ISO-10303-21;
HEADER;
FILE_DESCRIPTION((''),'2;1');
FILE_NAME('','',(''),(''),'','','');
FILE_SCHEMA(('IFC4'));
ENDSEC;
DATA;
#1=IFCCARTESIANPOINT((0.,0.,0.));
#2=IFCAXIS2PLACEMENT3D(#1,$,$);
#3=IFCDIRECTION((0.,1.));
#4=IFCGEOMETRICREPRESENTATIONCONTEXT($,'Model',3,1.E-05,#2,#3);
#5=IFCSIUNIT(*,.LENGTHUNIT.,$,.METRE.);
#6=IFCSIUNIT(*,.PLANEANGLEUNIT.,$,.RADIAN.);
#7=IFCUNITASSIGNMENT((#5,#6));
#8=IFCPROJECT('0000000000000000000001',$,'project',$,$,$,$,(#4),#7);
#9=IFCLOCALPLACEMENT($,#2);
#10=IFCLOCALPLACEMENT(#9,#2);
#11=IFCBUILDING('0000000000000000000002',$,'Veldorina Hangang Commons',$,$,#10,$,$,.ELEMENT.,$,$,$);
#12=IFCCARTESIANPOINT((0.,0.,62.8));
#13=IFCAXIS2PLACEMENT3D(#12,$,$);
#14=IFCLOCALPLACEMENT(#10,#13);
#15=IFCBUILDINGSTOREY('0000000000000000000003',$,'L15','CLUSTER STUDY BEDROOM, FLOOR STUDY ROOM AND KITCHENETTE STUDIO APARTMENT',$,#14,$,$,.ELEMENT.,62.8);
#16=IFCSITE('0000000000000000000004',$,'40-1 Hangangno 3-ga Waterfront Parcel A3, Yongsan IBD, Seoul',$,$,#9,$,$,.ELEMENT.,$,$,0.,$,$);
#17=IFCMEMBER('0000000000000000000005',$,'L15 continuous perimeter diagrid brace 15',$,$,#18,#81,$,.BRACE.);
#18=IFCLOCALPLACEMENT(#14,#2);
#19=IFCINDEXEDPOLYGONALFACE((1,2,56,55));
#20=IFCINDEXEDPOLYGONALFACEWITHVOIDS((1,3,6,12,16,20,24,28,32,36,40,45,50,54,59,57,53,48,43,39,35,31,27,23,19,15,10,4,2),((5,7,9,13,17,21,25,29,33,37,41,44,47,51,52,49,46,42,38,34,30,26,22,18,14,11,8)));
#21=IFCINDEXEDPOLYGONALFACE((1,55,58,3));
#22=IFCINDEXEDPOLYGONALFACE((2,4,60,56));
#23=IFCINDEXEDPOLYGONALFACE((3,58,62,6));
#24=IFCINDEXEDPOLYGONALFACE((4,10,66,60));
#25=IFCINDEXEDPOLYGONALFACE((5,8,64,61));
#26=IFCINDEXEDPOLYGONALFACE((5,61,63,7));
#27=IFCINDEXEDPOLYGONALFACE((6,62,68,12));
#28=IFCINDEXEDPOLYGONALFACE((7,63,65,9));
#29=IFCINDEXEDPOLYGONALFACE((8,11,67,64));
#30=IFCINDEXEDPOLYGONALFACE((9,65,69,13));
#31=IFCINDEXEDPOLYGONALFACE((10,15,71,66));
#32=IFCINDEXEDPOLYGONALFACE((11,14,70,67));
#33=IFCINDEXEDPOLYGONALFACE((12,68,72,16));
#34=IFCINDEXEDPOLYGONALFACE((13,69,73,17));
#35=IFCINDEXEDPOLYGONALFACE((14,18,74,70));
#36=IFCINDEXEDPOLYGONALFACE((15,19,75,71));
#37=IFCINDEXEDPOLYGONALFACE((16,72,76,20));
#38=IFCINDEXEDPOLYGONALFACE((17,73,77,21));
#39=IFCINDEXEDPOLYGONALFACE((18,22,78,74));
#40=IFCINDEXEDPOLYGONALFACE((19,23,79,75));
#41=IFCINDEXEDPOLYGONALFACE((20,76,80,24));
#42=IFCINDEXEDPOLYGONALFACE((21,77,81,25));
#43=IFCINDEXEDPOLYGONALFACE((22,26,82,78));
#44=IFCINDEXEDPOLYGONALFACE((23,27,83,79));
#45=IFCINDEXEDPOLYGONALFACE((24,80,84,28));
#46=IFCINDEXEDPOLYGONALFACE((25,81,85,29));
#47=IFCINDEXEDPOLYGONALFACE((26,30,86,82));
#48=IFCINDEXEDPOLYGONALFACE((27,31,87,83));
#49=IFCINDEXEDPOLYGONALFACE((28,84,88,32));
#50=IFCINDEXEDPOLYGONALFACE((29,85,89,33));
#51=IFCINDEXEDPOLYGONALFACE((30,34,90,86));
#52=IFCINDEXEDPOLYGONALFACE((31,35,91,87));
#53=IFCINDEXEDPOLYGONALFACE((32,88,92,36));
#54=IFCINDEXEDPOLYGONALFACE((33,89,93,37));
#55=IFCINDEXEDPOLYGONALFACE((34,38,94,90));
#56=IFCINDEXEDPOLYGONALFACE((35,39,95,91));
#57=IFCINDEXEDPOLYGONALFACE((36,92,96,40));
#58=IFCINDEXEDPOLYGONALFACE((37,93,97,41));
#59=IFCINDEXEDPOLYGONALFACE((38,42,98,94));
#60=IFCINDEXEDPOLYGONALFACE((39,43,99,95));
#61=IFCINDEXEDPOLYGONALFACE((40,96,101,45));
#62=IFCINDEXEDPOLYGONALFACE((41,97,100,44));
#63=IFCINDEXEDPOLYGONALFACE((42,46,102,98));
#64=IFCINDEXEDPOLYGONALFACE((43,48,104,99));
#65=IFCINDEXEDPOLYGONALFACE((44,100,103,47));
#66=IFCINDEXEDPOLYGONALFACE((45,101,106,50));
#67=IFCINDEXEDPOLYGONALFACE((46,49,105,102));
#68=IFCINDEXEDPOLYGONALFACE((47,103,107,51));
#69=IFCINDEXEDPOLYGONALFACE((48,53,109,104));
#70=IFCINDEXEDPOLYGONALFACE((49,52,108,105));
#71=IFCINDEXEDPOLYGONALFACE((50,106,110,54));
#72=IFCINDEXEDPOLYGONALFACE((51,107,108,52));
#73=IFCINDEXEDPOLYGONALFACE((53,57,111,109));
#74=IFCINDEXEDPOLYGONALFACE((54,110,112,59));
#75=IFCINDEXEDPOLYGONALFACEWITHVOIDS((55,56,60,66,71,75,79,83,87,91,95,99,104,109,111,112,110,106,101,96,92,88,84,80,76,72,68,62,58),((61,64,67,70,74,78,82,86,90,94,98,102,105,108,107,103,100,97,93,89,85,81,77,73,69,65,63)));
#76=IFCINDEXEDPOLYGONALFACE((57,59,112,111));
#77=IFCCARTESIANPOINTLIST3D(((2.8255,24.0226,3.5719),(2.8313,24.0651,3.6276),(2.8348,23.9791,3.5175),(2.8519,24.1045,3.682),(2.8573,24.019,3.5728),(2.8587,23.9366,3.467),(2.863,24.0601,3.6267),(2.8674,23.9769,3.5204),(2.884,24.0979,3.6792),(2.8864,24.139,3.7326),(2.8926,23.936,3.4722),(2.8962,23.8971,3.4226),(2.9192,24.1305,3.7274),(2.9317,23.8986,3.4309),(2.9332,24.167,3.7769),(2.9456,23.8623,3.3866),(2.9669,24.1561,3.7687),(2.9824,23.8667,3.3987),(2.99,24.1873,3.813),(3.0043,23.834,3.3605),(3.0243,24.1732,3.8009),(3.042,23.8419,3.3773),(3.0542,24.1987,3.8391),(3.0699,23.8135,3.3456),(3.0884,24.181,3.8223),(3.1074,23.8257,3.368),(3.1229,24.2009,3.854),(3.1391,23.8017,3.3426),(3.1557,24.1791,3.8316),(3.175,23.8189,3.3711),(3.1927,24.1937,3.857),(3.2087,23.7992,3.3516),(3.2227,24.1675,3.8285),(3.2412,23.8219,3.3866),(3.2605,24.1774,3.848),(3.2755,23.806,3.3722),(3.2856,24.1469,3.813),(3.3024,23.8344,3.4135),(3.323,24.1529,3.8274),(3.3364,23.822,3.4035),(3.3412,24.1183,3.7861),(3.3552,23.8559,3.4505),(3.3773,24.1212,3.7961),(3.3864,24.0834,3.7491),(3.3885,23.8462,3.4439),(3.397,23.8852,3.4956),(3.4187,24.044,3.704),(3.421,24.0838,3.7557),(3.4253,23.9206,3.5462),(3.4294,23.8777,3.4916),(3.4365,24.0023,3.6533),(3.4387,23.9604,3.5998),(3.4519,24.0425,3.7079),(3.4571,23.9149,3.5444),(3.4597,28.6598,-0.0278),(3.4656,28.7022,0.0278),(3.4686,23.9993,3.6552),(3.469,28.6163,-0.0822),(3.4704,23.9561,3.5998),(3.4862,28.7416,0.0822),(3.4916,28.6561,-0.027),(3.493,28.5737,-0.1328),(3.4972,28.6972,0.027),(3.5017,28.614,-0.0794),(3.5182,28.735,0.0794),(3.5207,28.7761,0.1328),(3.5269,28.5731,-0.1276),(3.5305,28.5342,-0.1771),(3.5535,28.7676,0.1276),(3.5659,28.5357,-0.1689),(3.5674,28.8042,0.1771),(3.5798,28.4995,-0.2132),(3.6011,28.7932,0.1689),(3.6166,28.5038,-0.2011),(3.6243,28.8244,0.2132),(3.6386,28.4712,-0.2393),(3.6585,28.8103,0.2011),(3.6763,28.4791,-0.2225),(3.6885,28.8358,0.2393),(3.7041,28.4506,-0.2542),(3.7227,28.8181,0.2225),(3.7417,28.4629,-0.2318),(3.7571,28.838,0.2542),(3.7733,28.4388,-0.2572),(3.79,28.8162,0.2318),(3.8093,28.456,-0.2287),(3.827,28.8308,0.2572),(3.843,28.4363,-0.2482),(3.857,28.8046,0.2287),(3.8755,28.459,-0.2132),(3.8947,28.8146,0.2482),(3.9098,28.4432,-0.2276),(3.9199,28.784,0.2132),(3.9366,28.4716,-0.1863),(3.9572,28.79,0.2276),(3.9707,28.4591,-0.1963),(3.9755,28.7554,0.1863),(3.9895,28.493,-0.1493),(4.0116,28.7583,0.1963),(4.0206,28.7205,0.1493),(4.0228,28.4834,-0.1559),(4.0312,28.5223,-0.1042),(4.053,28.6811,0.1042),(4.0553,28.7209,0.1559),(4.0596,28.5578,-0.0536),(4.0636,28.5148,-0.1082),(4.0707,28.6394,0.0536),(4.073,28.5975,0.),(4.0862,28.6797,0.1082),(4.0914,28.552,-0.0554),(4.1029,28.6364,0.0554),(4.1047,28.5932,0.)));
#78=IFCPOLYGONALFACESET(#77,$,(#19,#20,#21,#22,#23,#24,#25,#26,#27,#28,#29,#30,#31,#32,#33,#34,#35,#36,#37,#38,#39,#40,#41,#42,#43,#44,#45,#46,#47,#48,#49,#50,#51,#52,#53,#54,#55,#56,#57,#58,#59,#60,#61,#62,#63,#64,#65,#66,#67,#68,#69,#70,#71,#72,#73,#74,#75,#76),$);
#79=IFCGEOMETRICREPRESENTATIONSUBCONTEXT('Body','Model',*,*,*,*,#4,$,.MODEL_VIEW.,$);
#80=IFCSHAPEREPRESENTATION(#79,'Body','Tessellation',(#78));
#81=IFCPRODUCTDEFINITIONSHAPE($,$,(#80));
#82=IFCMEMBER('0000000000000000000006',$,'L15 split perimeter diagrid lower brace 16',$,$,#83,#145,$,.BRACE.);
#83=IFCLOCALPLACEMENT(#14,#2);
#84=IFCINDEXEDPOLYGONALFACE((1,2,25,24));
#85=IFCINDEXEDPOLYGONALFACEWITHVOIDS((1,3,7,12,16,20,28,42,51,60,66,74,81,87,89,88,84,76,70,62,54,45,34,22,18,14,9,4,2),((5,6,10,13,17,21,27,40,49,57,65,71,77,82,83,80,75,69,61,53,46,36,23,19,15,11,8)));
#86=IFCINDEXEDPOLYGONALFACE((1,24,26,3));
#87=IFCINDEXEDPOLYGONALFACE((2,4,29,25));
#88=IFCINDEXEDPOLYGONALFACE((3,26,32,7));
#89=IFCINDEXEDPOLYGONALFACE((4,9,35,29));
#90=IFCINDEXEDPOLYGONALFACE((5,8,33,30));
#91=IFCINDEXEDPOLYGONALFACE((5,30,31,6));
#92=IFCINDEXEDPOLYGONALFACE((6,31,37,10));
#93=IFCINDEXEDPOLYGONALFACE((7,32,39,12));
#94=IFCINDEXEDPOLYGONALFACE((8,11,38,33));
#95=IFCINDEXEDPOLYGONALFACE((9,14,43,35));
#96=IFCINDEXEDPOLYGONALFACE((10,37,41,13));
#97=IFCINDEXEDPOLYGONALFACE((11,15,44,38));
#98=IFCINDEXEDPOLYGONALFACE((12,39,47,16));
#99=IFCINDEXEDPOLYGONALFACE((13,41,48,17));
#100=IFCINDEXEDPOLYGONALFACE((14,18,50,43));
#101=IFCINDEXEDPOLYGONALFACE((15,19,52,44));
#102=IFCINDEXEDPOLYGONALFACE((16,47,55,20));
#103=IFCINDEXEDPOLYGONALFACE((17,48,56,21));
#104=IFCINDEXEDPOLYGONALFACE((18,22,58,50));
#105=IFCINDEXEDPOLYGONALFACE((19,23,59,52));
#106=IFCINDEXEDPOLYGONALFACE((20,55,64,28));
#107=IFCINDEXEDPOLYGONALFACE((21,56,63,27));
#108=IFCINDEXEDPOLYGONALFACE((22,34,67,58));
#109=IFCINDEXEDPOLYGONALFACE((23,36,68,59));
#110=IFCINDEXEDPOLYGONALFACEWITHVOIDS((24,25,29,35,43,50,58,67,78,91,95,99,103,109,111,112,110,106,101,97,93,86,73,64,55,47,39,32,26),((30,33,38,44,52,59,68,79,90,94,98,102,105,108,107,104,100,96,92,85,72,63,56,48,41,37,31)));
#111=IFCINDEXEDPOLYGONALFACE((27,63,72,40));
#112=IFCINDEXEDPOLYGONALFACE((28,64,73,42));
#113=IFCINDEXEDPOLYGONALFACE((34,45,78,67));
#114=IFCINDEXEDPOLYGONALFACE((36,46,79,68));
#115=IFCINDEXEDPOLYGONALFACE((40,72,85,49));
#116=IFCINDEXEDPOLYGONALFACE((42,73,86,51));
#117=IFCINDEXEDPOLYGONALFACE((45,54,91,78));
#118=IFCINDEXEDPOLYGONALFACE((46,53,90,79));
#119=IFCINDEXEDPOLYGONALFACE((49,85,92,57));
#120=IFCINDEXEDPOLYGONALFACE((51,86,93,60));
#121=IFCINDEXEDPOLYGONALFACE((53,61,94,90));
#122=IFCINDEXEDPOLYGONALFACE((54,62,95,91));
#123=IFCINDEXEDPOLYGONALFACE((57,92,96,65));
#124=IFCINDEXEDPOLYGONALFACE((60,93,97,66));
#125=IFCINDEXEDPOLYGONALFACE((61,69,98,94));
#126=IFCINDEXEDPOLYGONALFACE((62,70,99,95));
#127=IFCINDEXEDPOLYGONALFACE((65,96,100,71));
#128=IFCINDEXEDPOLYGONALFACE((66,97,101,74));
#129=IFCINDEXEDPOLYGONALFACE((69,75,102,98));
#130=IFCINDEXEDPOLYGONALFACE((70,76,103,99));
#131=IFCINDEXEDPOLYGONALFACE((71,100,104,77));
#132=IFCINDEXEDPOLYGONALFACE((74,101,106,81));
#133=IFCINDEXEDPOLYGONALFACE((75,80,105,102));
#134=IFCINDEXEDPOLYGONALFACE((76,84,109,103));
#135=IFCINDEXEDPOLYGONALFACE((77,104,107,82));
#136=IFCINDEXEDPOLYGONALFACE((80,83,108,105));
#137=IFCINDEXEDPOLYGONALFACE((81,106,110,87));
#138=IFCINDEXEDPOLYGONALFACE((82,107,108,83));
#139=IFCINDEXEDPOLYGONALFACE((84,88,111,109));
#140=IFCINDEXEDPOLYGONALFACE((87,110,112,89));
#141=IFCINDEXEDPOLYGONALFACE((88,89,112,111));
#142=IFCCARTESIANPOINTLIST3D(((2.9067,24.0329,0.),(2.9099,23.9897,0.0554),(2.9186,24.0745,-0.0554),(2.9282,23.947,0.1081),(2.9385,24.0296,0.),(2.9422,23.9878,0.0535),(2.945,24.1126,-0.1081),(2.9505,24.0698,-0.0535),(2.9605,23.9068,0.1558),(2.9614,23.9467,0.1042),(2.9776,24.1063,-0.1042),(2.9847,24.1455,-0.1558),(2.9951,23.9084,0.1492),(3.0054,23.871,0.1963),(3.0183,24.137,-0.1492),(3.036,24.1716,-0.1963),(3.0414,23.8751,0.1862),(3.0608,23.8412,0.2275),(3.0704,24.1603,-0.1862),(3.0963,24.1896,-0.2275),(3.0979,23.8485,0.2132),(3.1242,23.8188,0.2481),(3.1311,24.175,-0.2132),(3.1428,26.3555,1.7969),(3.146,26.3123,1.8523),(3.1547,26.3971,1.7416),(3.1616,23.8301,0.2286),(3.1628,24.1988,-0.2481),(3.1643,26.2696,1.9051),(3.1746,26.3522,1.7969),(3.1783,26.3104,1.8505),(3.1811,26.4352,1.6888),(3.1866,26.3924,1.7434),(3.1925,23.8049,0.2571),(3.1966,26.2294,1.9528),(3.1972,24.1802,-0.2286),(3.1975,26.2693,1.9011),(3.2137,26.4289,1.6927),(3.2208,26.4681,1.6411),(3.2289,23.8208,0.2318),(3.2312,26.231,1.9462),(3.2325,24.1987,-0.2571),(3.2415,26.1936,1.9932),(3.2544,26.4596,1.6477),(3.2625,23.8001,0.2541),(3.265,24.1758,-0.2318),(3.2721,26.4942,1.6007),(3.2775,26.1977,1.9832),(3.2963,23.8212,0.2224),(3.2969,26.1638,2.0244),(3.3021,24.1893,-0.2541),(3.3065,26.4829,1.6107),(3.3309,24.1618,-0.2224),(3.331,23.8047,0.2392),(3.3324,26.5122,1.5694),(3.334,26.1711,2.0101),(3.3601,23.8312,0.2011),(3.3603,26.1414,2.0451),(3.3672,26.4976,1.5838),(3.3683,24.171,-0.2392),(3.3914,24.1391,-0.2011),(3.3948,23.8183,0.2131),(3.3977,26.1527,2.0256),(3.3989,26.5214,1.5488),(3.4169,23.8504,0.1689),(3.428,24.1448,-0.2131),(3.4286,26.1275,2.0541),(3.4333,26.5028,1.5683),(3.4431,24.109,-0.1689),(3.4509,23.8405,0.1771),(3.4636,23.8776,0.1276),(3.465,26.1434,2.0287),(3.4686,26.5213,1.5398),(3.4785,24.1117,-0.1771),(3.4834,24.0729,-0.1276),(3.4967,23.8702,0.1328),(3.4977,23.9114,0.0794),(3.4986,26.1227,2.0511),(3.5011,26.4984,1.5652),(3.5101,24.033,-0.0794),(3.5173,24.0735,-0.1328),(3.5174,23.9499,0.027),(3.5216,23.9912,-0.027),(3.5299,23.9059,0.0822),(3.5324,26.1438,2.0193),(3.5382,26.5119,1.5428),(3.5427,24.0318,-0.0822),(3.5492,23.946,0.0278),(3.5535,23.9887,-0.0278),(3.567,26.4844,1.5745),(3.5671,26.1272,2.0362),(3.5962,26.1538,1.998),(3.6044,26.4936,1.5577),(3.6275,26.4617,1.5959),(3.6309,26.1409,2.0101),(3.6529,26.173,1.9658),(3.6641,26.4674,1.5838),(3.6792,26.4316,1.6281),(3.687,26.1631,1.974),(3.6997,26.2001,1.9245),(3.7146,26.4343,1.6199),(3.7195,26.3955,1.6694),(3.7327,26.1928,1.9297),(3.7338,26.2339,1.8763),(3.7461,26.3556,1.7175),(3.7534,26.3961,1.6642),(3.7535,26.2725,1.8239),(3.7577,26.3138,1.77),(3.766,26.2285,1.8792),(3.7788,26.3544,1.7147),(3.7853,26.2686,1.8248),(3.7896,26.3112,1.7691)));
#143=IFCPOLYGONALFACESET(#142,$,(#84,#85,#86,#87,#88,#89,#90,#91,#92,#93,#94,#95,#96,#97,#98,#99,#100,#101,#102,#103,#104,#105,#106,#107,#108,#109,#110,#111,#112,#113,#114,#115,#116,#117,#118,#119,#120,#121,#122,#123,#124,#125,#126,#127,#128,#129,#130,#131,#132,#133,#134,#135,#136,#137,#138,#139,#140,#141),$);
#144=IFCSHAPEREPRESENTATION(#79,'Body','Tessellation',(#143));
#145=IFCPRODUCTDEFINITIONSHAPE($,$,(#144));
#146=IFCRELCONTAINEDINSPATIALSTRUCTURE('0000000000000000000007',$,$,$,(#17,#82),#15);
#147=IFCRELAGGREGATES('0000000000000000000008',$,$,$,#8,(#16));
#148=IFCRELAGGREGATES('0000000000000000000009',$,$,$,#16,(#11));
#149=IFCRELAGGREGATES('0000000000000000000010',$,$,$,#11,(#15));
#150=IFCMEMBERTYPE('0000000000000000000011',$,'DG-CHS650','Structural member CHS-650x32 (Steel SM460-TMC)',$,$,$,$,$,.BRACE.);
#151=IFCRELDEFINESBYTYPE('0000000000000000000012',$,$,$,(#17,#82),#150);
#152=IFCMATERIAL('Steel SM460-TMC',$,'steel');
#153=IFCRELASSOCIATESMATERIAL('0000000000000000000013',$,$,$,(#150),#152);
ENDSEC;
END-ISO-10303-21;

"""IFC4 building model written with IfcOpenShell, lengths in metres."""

from ifc_helpers import new_model, si_unit, direction, frame, origin, origin_2d, place, context, subcontext, project, spatial, hollow_circle, extrude, material, material_profile, profile_set, type_object, element, save


model = new_model("IFC4")

# Units and contexts
model_context = context("Model", 3, precision=1e-05, world=origin(), true_north=direction((0.0, 1.0)))
body_context = subcontext(model_context, "Body", "Model", "MODEL_VIEW")
ifc_project = project(units=[si_unit("LENGTHUNIT", "METRE"), si_unit("PLANEANGLEUNIT", "RADIAN")], contexts=[model_context])

# Site, building, storey
site_placement = place(None, origin())
site = spatial("IfcSite", under=ifc_project, at=site_placement, Name="40-1 Hangangno 3-ga Waterfront Parcel A3, Yongsan IBD, Seoul", CompositionType="ELEMENT", RefElevation=0.0)
building_placement = place(site_placement, origin())
building = spatial("IfcBuilding", under=site, at=building_placement, Name="Veldorina Hangang Commons", CompositionType="ELEMENT")
storey_placement = place(building_placement, frame((0.0, 0.0, 62.8)))
storey = spatial("IfcBuildingStorey", under=building, at=storey_placement, Name="L15", Description="CLUSTER STUDY BEDROOM, FLOOR STUDY ROOM AND KITCHENETTE STUDIO APARTMENT", CompositionType="ELEMENT", Elevation=62.8)

# Members
ifc_material_1 = material(Name="Steel SM460-TMC", Category="steel")
ifc_material_profile_1 = material_profile(ifc_material_1, hollow_circle(Radius=0.325, WallThickness=0.032, at=origin_2d()), Name="CHS-650x32")
ifc_profile_set_1 = profile_set([ifc_material_profile_1], Name="Steel SM460-TMC")
member_type = type_object("IfcMemberType", Name="DG-CHS650", Description="Structural member CHS-650x32 (Steel SM460-TMC)", PredefinedType="BRACE", material=ifc_profile_set_1)
member_1_placement = place(storey_placement, frame((3.7827, 28.6372, 0.0), z_axis=(-0.10742, -0.785348, 0.609664), x_axis=(0.990775, -0.135518, 0.0)))
element("IfcMember", 1, at=member_1_placement, inside=storey, type_object=member_type, Name="L15 continuous perimeter diagrid brace 15", PredefinedType="BRACE", context=body_context, shape_type="SweptSolid", body=[
    extrude(hollow_circle(Radius=0.325, WallThickness=0.032, at=origin_2d()), origin(), (0.0, 0.0, 1.0), 5.9045),
])
member_2_placement = place(storey_placement, frame((3.23, 24.0, 0.0), z_axis=(0.080139, 0.788377, 0.60995), x_axis=(-0.994873, 0.101129, 0.0)))
element("IfcMember", 2, at=member_2_placement, inside=storey, type_object=member_type, Name="L15 split perimeter diagrid lower brace 16", PredefinedType="BRACE", context=body_context, shape_type="SweptSolid", body=[
    extrude(hollow_circle(Radius=0.325, WallThickness=0.032, at=origin_2d()), origin(), (0.0, 0.0, 1.0), 2.946),
])

save(model, "model.ifc")
